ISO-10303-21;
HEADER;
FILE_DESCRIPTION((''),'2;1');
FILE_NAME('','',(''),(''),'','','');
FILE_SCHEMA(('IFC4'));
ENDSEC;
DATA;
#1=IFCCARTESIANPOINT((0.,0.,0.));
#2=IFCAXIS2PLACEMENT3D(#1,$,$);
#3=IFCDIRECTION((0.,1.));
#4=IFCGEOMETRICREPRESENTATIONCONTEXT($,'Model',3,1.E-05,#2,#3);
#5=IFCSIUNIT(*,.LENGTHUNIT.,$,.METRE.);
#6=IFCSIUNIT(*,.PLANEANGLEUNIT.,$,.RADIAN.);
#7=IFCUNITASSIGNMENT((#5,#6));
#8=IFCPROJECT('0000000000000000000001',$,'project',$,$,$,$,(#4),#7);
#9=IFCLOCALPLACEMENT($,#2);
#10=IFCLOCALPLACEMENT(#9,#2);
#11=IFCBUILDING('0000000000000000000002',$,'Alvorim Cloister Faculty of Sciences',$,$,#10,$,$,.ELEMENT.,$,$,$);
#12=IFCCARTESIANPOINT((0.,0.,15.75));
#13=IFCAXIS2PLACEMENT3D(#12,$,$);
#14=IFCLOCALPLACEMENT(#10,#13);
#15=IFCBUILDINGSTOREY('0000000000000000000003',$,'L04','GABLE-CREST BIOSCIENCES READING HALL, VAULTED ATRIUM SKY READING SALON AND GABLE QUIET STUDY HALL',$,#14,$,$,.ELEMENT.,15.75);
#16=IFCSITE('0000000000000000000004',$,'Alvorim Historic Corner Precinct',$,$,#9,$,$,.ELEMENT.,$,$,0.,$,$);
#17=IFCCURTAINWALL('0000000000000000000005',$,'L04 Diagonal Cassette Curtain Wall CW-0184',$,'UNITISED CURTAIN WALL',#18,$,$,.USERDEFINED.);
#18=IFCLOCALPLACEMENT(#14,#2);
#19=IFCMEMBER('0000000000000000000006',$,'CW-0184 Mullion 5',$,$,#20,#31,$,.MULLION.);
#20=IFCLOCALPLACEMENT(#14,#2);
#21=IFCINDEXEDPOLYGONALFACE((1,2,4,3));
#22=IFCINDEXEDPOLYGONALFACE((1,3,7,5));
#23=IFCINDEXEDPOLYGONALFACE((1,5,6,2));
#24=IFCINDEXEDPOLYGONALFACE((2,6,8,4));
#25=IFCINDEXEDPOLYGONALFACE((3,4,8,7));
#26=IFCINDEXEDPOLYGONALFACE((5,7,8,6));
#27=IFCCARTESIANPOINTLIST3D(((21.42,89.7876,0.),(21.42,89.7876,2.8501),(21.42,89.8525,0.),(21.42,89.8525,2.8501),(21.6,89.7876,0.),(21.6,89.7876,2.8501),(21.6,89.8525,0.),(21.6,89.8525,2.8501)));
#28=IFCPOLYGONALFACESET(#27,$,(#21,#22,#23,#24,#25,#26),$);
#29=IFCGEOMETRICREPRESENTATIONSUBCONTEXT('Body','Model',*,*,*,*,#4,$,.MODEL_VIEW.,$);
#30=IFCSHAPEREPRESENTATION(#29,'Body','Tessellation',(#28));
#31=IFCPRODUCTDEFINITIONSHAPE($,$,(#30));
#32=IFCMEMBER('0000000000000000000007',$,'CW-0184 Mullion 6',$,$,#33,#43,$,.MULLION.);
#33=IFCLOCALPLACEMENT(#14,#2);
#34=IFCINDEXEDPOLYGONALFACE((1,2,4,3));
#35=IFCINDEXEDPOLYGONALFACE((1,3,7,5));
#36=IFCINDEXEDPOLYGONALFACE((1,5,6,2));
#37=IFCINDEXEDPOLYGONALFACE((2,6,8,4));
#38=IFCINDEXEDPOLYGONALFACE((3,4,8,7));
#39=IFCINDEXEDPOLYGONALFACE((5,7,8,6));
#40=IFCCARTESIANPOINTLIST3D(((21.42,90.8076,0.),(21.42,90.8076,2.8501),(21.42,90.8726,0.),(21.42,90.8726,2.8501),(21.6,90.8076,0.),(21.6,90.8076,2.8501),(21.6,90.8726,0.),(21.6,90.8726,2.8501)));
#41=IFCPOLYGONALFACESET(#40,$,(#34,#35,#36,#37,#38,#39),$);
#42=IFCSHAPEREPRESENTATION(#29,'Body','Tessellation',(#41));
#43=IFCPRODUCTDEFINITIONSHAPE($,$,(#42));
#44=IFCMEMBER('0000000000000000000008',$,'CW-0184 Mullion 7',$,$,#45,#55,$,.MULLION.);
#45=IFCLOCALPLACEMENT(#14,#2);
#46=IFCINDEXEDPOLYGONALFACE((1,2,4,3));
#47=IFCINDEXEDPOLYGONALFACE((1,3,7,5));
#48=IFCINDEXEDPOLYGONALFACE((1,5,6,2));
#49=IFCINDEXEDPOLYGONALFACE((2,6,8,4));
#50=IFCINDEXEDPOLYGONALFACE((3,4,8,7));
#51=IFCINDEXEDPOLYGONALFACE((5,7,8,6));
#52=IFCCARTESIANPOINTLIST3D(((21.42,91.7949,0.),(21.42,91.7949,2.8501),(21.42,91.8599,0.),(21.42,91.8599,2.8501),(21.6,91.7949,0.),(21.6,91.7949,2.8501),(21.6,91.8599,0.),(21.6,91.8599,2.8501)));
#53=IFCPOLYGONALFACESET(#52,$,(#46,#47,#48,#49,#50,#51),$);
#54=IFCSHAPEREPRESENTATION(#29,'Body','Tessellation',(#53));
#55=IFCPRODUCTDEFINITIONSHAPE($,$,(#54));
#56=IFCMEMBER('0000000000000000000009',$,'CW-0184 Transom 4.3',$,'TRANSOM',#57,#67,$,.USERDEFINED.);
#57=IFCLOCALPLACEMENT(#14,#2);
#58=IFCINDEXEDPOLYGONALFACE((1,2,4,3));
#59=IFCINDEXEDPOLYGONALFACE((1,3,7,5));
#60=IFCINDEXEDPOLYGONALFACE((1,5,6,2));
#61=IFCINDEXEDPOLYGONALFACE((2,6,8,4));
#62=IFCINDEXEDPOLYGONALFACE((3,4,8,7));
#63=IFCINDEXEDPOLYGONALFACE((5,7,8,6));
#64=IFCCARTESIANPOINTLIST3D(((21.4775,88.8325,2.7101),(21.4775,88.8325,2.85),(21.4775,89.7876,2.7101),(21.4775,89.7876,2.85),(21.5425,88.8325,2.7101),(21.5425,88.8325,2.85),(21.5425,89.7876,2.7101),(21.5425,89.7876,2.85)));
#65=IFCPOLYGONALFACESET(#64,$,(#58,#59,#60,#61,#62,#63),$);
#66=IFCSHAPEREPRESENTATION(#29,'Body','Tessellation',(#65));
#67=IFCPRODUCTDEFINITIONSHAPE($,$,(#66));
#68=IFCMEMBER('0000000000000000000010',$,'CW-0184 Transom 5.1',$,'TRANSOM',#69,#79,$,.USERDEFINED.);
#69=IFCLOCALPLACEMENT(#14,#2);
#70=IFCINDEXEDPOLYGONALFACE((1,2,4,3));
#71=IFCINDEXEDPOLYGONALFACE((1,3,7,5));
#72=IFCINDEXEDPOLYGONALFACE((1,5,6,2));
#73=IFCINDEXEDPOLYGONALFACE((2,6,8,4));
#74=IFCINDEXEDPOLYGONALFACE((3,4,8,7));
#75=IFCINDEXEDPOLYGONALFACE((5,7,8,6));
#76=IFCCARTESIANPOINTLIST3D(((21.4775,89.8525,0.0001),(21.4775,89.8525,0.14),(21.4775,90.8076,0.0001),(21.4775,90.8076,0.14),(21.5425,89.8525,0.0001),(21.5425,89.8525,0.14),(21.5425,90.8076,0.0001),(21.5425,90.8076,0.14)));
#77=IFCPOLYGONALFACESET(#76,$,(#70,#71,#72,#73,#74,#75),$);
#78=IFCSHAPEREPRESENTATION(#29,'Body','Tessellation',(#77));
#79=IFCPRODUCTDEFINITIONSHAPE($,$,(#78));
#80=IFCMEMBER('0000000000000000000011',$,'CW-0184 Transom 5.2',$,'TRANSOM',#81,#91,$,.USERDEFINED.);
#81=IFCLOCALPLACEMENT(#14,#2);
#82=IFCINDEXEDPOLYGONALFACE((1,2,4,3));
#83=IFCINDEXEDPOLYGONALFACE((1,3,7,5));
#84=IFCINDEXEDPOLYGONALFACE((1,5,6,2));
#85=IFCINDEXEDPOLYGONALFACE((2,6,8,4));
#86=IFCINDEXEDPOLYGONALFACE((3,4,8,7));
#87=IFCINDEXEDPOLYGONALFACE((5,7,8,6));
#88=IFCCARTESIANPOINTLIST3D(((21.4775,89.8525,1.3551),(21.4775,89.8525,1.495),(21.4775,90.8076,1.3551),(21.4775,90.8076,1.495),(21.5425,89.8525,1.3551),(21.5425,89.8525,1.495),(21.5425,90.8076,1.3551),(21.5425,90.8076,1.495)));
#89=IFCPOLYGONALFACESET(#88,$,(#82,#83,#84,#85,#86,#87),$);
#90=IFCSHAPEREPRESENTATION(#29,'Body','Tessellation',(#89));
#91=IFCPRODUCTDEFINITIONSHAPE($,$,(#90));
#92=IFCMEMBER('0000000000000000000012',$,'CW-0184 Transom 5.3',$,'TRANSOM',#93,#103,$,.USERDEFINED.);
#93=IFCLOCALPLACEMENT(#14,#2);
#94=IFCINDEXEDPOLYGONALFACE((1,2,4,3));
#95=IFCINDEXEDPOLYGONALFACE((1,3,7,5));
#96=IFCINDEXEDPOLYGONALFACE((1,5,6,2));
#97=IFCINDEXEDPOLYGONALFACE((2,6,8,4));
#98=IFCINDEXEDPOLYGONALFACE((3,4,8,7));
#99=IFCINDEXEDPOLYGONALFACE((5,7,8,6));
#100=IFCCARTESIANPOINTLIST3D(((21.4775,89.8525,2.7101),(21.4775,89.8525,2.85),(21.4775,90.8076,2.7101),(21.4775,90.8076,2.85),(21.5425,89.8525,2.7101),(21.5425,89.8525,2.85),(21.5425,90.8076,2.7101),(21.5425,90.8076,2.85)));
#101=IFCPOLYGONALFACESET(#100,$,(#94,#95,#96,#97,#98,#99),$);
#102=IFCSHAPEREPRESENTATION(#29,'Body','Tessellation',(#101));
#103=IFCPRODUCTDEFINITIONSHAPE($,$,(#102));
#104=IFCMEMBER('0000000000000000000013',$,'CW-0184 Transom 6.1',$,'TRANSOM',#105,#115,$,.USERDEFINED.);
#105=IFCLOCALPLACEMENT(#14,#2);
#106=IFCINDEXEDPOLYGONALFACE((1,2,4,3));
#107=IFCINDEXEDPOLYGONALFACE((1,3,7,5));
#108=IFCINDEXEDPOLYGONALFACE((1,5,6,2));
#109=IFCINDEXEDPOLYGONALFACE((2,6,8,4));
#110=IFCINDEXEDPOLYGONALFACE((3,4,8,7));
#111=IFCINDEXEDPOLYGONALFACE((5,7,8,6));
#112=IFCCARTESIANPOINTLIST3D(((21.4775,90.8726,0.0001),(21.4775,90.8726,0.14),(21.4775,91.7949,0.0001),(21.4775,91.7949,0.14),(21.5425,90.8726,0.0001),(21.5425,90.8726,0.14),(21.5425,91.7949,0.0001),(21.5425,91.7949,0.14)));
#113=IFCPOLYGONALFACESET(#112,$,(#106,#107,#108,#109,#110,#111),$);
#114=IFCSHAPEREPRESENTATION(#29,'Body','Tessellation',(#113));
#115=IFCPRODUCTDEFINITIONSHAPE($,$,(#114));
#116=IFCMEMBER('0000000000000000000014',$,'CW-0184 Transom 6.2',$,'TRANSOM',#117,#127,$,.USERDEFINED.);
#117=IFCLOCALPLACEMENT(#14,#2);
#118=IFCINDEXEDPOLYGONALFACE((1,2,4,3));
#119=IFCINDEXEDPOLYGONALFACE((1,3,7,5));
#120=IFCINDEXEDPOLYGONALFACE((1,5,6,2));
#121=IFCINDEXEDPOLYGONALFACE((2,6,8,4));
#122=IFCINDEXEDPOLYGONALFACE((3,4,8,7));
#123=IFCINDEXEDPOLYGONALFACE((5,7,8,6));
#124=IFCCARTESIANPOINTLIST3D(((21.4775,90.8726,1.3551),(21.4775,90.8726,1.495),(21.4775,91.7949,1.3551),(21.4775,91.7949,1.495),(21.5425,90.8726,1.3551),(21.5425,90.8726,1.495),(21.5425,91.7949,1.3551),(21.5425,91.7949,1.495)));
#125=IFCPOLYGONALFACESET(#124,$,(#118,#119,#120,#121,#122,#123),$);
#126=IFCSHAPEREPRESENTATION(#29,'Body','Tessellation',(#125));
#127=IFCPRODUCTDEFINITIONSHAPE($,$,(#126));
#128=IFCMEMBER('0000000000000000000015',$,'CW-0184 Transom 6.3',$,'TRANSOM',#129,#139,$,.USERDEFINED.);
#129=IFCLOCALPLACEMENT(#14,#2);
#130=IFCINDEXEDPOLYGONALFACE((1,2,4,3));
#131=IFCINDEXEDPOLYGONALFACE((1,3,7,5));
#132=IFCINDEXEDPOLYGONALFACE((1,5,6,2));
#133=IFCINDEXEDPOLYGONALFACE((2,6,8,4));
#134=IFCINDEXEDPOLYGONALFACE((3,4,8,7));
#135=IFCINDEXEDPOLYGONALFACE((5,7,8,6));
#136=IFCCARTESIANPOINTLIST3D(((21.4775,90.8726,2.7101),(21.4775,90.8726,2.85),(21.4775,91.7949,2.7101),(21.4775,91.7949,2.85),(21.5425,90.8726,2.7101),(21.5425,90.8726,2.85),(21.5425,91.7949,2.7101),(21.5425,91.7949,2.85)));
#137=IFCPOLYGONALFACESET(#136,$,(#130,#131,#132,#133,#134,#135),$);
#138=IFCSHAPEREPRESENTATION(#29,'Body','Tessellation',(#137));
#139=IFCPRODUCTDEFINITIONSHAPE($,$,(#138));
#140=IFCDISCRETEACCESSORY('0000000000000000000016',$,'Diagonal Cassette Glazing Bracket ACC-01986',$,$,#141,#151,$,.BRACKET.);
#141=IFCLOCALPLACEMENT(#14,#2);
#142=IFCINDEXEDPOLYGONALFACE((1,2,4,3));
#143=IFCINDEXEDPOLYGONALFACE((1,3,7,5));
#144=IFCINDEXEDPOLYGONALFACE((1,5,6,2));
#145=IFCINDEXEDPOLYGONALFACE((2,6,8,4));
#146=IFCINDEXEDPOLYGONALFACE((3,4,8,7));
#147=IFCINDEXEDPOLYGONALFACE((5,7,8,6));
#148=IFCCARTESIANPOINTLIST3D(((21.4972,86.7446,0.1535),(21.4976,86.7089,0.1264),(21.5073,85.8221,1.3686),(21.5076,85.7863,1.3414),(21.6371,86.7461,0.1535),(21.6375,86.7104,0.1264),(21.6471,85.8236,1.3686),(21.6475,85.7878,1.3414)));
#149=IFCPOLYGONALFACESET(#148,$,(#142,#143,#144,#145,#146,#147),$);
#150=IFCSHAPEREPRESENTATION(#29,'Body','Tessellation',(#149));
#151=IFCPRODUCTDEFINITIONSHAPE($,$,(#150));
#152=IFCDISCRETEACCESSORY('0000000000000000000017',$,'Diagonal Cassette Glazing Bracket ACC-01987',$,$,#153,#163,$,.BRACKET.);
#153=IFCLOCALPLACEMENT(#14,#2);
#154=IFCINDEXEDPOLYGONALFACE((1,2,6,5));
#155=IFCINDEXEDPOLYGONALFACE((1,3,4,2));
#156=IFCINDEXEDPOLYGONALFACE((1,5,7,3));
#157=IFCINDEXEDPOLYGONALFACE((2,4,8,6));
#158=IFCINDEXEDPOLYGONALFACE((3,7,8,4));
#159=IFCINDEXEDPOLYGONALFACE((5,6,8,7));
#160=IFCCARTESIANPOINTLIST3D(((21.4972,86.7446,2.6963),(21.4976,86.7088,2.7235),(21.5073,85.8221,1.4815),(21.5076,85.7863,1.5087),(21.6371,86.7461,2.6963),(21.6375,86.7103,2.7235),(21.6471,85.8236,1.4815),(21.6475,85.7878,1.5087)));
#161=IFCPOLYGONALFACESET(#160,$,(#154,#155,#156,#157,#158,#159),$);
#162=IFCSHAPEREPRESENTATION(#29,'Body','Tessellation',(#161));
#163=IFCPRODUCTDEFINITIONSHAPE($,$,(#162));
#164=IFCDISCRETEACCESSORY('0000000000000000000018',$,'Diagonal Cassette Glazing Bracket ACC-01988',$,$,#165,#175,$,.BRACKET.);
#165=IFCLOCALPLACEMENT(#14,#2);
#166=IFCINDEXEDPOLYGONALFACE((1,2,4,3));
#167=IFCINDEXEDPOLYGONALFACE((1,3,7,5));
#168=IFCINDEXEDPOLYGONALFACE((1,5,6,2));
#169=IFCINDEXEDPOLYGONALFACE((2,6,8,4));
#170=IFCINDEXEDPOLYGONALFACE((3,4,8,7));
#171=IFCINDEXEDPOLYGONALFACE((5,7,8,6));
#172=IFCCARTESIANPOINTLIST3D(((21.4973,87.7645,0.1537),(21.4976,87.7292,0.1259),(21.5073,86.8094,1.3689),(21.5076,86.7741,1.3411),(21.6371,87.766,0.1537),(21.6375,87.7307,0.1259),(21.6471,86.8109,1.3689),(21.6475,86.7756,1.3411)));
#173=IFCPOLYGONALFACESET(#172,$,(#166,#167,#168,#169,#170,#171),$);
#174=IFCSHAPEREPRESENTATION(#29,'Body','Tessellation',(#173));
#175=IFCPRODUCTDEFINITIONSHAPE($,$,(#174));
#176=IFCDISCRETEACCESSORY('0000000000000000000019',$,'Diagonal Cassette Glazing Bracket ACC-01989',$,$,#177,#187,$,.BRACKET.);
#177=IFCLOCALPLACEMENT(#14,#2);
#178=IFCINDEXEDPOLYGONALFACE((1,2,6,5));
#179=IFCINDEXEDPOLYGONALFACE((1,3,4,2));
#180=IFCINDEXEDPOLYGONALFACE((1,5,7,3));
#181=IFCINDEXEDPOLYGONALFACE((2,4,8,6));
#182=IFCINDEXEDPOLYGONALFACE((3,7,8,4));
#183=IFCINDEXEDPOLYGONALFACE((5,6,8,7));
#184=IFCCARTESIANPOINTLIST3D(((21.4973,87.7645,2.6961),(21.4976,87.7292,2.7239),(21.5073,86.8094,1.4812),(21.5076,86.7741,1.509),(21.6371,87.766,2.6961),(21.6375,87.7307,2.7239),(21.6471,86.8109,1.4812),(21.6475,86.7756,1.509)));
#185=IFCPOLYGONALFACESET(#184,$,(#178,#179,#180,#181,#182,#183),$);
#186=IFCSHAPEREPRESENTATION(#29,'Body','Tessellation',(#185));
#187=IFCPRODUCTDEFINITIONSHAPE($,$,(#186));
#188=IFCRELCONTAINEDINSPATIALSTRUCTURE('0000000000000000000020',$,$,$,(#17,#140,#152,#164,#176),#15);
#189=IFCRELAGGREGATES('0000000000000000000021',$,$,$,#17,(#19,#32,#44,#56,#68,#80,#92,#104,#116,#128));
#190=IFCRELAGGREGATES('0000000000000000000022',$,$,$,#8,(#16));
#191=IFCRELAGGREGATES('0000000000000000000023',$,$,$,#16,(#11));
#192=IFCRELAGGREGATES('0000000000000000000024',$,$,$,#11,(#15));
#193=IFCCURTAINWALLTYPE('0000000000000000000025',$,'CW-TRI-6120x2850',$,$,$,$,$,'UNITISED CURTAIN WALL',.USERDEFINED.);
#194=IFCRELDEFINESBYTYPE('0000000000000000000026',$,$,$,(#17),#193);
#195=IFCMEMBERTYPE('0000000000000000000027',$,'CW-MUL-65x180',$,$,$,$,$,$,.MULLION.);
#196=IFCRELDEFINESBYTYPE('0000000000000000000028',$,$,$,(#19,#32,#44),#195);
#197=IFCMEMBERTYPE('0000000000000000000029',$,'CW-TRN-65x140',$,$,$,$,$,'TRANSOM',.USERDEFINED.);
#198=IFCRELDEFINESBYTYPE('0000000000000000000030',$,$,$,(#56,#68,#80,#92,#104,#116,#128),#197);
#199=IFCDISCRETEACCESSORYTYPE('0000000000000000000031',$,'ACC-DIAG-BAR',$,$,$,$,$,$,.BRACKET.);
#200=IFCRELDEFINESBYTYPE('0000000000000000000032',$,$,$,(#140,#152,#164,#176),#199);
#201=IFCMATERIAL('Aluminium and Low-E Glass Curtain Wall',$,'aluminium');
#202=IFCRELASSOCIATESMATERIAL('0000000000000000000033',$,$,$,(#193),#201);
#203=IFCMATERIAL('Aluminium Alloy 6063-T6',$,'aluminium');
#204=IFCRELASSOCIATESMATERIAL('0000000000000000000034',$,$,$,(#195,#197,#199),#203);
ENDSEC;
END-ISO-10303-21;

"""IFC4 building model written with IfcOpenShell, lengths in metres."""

from ifc_helpers import new_model, si_unit, direction, frame, origin, origin_2d, place, context, subcontext, project, spatial, rectangle, extrude, material, material_profile, profile_set, type_object, element, aggregate, save


model = new_model("IFC4")

# Units and contexts
model_context = context("Model", 3, precision=1e-05, world=origin(), true_north=direction((0.0, 1.0)))
body_context = subcontext(model_context, "Body", "Model", "MODEL_VIEW")
ifc_project = project(units=[si_unit("LENGTHUNIT", "METRE"), si_unit("PLANEANGLEUNIT", "RADIAN")], contexts=[model_context])

# Site, building, storey
site_placement = place(None, origin())
site = spatial("IfcSite", under=ifc_project, at=site_placement, Name="Alvorim Historic Corner Precinct", CompositionType="ELEMENT", RefElevation=0.0)
building_placement = place(site_placement, origin())
building = spatial("IfcBuilding", under=site, at=building_placement, Name="Alvorim Cloister Faculty of Sciences", CompositionType="ELEMENT")
storey_placement = place(building_placement, frame((0.0, 0.0, 15.75)))
storey = spatial("IfcBuildingStorey", under=building, at=storey_placement, Name="L04", Description="GABLE-CREST BIOSCIENCES READING HALL, VAULTED ATRIUM SKY READING SALON AND GABLE QUIET STUDY HALL", CompositionType="ELEMENT", Elevation=15.75)

# Curtain wall, members
ifc_material_1 = material(Name="Aluminium and Low-E Glass Curtain Wall", Category="aluminium")
curtain_wall_type = type_object("IfcCurtainWallType", Name="CW-TRI-6120x2850", ElementType="UNITISED CURTAIN WALL", PredefinedType="USERDEFINED", material=ifc_material_1)
curtain_wall_placement = place(storey_placement, origin())
curtain_wall = element("IfcCurtainWall", 1, at=curtain_wall_placement, inside=storey, type_object=curtain_wall_type, Name="L04 Diagonal Cassette Curtain Wall CW-0184", ObjectType="UNITISED CURTAIN WALL", PredefinedType="USERDEFINED")
ifc_material_2 = material(Name="Aluminium Alloy 6063-T6", Category="aluminium")
ifc_material_profile_1 = material_profile(ifc_material_2, rectangle(XDim=0.0649, YDim=0.1799, at=origin_2d()), Name="ALU-MUL-65x180")
ifc_profile_set_1 = profile_set([ifc_material_profile_1], Name="Aluminium Alloy 6063-T6")
member_type_1 = type_object("IfcMemberType", Name="CW-MUL-65x180", PredefinedType="MULLION", material=ifc_profile_set_1)
member_1_placement = place(storey_placement, frame((21.51, 89.8201, 0.0), z_axis=(0.0, 0.0, 1.0), x_axis=(0.0, 1.0, 0.0)))
member_1 = element("IfcMember", 2, at=member_1_placement, type_object=member_type_1, Name="CW-0184 Mullion 5", PredefinedType="MULLION", context=body_context, shape_type="SweptSolid", body=[
    extrude(rectangle(XDim=0.0649, YDim=0.1799, at=origin_2d()), origin(), (0.0, 0.0, 1.0), 2.8501),
])
member_2_placement = place(storey_placement, frame((21.51, 90.8401, 0.0), z_axis=(0.0, 0.0, 1.0), x_axis=(0.0, 1.0, 0.0)))
member_2 = element("IfcMember", 3, at=member_2_placement, type_object=member_type_1, Name="CW-0184 Mullion 6", PredefinedType="MULLION", context=body_context, shape_type="SweptSolid", body=[
    extrude(rectangle(XDim=0.0649, YDim=0.1799, at=origin_2d()), origin(), (0.0, 0.0, 1.0), 2.8501),
])
member_3_placement = place(storey_placement, frame((21.51, 91.8274, 0.0), z_axis=(0.0, 0.0, 1.0), x_axis=(0.0, 1.0, 0.0)))
member_3 = element("IfcMember", 4, at=member_3_placement, type_object=member_type_1, Name="CW-0184 Mullion 7", PredefinedType="MULLION", context=body_context, shape_type="SweptSolid", body=[
    extrude(rectangle(XDim=0.0649, YDim=0.1799, at=origin_2d()), origin(), (0.0, 0.0, 1.0), 2.8501),
])
ifc_material_profile_2 = material_profile(ifc_material_2, rectangle(XDim=0.0649, YDim=0.1399, at=origin_2d()), Name="ALU-TRN-65x140")
ifc_profile_set_2 = profile_set([ifc_material_profile_2], Name="Aluminium Alloy 6063-T6")
member_type_2 = type_object("IfcMemberType", Name="CW-TRN-65x140", ElementType="TRANSOM", PredefinedType="USERDEFINED", material=ifc_profile_set_2)
member_4_placement = place(storey_placement, frame((21.51, 88.8325, 2.78), z_axis=(0.0, 1.0, 0.0), x_axis=(-1.0, 0.0, 0.0)))
member_4 = element("IfcMember", 5, at=member_4_placement, type_object=member_type_2, Name="CW-0184 Transom 4.3", ObjectType="TRANSOM", PredefinedType="USERDEFINED", context=body_context, shape_type="SweptSolid", body=[
    extrude(rectangle(XDim=0.0649, YDim=0.1399, at=origin_2d()), origin(), (0.0, 0.0, 1.0), 0.9551),
])
member_5_placement = place(storey_placement, frame((21.51, 89.8525, 0.0701), z_axis=(0.0, 1.0, 0.0), x_axis=(-1.0, 0.0, 0.0)))
member_5 = element("IfcMember", 6, at=member_5_placement, type_object=member_type_2, Name="CW-0184 Transom 5.1", ObjectType="TRANSOM", PredefinedType="USERDEFINED", context=body_context, shape_type="SweptSolid", body=[
    extrude(rectangle(XDim=0.0649, YDim=0.1399, at=origin_2d()), origin(), (0.0, 0.0, 1.0), 0.9551),
])
member_6_placement = place(storey_placement, frame((21.51, 89.8525, 1.425), z_axis=(0.0, 1.0, 0.0), x_axis=(-1.0, 0.0, 0.0)))
member_6 = element("IfcMember", 7, at=member_6_placement, type_object=member_type_2, Name="CW-0184 Transom 5.2", ObjectType="TRANSOM", PredefinedType="USERDEFINED", context=body_context, shape_type="SweptSolid", body=[
    extrude(rectangle(XDim=0.0649, YDim=0.1399, at=origin_2d()), origin(), (0.0, 0.0, 1.0), 0.9551),
])
member_7_placement = place(storey_placement, frame((21.51, 89.8525, 2.78), z_axis=(0.0, 1.0, 0.0), x_axis=(-1.0, 0.0, 0.0)))
member_7 = element("IfcMember", 8, at=member_7_placement, type_object=member_type_2, Name="CW-0184 Transom 5.3", ObjectType="TRANSOM", PredefinedType="USERDEFINED", context=body_context, shape_type="SweptSolid", body=[
    extrude(rectangle(XDim=0.0649, YDim=0.1399, at=origin_2d()), origin(), (0.0, 0.0, 1.0), 0.9551),
])
member_8_placement = place(storey_placement, frame((21.51, 90.8726, 0.0701), z_axis=(0.0, 1.0, 0.0), x_axis=(-1.0, 0.0, 0.0)))
member_8 = element("IfcMember", 9, at=member_8_placement, type_object=member_type_2, Name="CW-0184 Transom 6.1", ObjectType="TRANSOM", PredefinedType="USERDEFINED", context=body_context, shape_type="SweptSolid", body=[
    extrude(rectangle(XDim=0.0649, YDim=0.1399, at=origin_2d()), origin(), (0.0, 0.0, 1.0), 0.9224),
])
member_9_placement = place(storey_placement, frame((21.51, 90.8726, 1.425), z_axis=(0.0, 1.0, 0.0), x_axis=(-1.0, 0.0, 0.0)))
member_9 = element("IfcMember", 10, at=member_9_placement, type_object=member_type_2, Name="CW-0184 Transom 6.2", ObjectType="TRANSOM", PredefinedType="USERDEFINED", context=body_context, shape_type="SweptSolid", body=[
    extrude(rectangle(XDim=0.0649, YDim=0.1399, at=origin_2d()), origin(), (0.0, 0.0, 1.0), 0.9224),
])
member_10_placement = place(storey_placement, frame((21.51, 90.8726, 2.78), z_axis=(0.0, 1.0, 0.0), x_axis=(-1.0, 0.0, 0.0)))
member_10 = element("IfcMember", 11, at=member_10_placement, type_object=member_type_2, Name="CW-0184 Transom 6.3", ObjectType="TRANSOM", PredefinedType="USERDEFINED", context=body_context, shape_type="SweptSolid", body=[
    extrude(rectangle(XDim=0.0649, YDim=0.1399, at=origin_2d()), origin(), (0.0, 0.0, 1.0), 0.9224),
])
aggregate(curtain_wall, [member_1, member_2, member_3, member_4, member_5, member_6, member_7, member_8, member_9, member_10])

# Discrete accessories
discrete_accessory_type = type_object("IfcDiscreteAccessoryType", Name="ACC-DIAG-BAR", PredefinedType="BRACKET", material=ifc_material_2)
discrete_accessory_1_placement = place(storey_placement, frame((21.5774, 85.8049, 1.355), z_axis=(-0.006561, 0.604713, -0.796416), x_axis=(-0.999941, -0.010849, 0.0)))
element("IfcDiscreteAccessory", 12, at=discrete_accessory_1_placement, inside=storey, type_object=discrete_accessory_type, Name="Diagonal Cassette Glazing Bracket ACC-01986", PredefinedType="BRACKET", context=body_context, shape_type="SweptSolid", body=[
    extrude(rectangle(XDim=0.1399, YDim=0.0449, at=origin_2d()), origin(), (0.0, 0.0, 1.0), 1.5256),
])
discrete_accessory_2_placement = place(storey_placement, frame((21.5774, 85.8049, 1.4951), z_axis=(-0.006562, 0.60479, 0.796358), x_axis=(-0.999941, -0.010849, 0.0)))
element("IfcDiscreteAccessory", 13, at=discrete_accessory_2_placement, inside=storey, type_object=discrete_accessory_type, Name="Diagonal Cassette Glazing Bracket ACC-01987", PredefinedType="BRACKET", context=body_context, shape_type="SweptSolid", body=[
    extrude(rectangle(XDim=0.1399, YDim=0.0449, at=origin_2d()), origin(), (0.0, 0.0, 1.0), 1.5254),
])
discrete_accessory_3_placement = place(storey_placement, frame((21.5774, 86.7925, 1.355), z_axis=(-0.006477, 0.617955, -0.786187), x_axis=(-0.999945, -0.01048, 0.0)))
element("IfcDiscreteAccessory", 14, at=discrete_accessory_3_placement, inside=storey, type_object=discrete_accessory_type, Name="Diagonal Cassette Glazing Bracket ACC-01988", PredefinedType="BRACKET", context=body_context, shape_type="SweptSolid", body=[
    extrude(rectangle(XDim=0.1399, YDim=0.0449, at=origin_2d()), origin(), (0.0, 0.0, 1.0), 1.5457),
])
discrete_accessory_4_placement = place(storey_placement, frame((21.5774, 86.7925, 1.4951), z_axis=(-0.006477, 0.618032, 0.786126), x_axis=(-0.999945, -0.01048, 0.0)))
element("IfcDiscreteAccessory", 15, at=discrete_accessory_4_placement, inside=storey, type_object=discrete_accessory_type, Name="Diagonal Cassette Glazing Bracket ACC-01989", PredefinedType="BRACKET", context=body_context, shape_type="SweptSolid", body=[
    extrude(rectangle(XDim=0.1399, YDim=0.0449, at=origin_2d()), origin(), (0.0, 0.0, 1.0), 1.5454),
])

save(model, "model.ifc")
